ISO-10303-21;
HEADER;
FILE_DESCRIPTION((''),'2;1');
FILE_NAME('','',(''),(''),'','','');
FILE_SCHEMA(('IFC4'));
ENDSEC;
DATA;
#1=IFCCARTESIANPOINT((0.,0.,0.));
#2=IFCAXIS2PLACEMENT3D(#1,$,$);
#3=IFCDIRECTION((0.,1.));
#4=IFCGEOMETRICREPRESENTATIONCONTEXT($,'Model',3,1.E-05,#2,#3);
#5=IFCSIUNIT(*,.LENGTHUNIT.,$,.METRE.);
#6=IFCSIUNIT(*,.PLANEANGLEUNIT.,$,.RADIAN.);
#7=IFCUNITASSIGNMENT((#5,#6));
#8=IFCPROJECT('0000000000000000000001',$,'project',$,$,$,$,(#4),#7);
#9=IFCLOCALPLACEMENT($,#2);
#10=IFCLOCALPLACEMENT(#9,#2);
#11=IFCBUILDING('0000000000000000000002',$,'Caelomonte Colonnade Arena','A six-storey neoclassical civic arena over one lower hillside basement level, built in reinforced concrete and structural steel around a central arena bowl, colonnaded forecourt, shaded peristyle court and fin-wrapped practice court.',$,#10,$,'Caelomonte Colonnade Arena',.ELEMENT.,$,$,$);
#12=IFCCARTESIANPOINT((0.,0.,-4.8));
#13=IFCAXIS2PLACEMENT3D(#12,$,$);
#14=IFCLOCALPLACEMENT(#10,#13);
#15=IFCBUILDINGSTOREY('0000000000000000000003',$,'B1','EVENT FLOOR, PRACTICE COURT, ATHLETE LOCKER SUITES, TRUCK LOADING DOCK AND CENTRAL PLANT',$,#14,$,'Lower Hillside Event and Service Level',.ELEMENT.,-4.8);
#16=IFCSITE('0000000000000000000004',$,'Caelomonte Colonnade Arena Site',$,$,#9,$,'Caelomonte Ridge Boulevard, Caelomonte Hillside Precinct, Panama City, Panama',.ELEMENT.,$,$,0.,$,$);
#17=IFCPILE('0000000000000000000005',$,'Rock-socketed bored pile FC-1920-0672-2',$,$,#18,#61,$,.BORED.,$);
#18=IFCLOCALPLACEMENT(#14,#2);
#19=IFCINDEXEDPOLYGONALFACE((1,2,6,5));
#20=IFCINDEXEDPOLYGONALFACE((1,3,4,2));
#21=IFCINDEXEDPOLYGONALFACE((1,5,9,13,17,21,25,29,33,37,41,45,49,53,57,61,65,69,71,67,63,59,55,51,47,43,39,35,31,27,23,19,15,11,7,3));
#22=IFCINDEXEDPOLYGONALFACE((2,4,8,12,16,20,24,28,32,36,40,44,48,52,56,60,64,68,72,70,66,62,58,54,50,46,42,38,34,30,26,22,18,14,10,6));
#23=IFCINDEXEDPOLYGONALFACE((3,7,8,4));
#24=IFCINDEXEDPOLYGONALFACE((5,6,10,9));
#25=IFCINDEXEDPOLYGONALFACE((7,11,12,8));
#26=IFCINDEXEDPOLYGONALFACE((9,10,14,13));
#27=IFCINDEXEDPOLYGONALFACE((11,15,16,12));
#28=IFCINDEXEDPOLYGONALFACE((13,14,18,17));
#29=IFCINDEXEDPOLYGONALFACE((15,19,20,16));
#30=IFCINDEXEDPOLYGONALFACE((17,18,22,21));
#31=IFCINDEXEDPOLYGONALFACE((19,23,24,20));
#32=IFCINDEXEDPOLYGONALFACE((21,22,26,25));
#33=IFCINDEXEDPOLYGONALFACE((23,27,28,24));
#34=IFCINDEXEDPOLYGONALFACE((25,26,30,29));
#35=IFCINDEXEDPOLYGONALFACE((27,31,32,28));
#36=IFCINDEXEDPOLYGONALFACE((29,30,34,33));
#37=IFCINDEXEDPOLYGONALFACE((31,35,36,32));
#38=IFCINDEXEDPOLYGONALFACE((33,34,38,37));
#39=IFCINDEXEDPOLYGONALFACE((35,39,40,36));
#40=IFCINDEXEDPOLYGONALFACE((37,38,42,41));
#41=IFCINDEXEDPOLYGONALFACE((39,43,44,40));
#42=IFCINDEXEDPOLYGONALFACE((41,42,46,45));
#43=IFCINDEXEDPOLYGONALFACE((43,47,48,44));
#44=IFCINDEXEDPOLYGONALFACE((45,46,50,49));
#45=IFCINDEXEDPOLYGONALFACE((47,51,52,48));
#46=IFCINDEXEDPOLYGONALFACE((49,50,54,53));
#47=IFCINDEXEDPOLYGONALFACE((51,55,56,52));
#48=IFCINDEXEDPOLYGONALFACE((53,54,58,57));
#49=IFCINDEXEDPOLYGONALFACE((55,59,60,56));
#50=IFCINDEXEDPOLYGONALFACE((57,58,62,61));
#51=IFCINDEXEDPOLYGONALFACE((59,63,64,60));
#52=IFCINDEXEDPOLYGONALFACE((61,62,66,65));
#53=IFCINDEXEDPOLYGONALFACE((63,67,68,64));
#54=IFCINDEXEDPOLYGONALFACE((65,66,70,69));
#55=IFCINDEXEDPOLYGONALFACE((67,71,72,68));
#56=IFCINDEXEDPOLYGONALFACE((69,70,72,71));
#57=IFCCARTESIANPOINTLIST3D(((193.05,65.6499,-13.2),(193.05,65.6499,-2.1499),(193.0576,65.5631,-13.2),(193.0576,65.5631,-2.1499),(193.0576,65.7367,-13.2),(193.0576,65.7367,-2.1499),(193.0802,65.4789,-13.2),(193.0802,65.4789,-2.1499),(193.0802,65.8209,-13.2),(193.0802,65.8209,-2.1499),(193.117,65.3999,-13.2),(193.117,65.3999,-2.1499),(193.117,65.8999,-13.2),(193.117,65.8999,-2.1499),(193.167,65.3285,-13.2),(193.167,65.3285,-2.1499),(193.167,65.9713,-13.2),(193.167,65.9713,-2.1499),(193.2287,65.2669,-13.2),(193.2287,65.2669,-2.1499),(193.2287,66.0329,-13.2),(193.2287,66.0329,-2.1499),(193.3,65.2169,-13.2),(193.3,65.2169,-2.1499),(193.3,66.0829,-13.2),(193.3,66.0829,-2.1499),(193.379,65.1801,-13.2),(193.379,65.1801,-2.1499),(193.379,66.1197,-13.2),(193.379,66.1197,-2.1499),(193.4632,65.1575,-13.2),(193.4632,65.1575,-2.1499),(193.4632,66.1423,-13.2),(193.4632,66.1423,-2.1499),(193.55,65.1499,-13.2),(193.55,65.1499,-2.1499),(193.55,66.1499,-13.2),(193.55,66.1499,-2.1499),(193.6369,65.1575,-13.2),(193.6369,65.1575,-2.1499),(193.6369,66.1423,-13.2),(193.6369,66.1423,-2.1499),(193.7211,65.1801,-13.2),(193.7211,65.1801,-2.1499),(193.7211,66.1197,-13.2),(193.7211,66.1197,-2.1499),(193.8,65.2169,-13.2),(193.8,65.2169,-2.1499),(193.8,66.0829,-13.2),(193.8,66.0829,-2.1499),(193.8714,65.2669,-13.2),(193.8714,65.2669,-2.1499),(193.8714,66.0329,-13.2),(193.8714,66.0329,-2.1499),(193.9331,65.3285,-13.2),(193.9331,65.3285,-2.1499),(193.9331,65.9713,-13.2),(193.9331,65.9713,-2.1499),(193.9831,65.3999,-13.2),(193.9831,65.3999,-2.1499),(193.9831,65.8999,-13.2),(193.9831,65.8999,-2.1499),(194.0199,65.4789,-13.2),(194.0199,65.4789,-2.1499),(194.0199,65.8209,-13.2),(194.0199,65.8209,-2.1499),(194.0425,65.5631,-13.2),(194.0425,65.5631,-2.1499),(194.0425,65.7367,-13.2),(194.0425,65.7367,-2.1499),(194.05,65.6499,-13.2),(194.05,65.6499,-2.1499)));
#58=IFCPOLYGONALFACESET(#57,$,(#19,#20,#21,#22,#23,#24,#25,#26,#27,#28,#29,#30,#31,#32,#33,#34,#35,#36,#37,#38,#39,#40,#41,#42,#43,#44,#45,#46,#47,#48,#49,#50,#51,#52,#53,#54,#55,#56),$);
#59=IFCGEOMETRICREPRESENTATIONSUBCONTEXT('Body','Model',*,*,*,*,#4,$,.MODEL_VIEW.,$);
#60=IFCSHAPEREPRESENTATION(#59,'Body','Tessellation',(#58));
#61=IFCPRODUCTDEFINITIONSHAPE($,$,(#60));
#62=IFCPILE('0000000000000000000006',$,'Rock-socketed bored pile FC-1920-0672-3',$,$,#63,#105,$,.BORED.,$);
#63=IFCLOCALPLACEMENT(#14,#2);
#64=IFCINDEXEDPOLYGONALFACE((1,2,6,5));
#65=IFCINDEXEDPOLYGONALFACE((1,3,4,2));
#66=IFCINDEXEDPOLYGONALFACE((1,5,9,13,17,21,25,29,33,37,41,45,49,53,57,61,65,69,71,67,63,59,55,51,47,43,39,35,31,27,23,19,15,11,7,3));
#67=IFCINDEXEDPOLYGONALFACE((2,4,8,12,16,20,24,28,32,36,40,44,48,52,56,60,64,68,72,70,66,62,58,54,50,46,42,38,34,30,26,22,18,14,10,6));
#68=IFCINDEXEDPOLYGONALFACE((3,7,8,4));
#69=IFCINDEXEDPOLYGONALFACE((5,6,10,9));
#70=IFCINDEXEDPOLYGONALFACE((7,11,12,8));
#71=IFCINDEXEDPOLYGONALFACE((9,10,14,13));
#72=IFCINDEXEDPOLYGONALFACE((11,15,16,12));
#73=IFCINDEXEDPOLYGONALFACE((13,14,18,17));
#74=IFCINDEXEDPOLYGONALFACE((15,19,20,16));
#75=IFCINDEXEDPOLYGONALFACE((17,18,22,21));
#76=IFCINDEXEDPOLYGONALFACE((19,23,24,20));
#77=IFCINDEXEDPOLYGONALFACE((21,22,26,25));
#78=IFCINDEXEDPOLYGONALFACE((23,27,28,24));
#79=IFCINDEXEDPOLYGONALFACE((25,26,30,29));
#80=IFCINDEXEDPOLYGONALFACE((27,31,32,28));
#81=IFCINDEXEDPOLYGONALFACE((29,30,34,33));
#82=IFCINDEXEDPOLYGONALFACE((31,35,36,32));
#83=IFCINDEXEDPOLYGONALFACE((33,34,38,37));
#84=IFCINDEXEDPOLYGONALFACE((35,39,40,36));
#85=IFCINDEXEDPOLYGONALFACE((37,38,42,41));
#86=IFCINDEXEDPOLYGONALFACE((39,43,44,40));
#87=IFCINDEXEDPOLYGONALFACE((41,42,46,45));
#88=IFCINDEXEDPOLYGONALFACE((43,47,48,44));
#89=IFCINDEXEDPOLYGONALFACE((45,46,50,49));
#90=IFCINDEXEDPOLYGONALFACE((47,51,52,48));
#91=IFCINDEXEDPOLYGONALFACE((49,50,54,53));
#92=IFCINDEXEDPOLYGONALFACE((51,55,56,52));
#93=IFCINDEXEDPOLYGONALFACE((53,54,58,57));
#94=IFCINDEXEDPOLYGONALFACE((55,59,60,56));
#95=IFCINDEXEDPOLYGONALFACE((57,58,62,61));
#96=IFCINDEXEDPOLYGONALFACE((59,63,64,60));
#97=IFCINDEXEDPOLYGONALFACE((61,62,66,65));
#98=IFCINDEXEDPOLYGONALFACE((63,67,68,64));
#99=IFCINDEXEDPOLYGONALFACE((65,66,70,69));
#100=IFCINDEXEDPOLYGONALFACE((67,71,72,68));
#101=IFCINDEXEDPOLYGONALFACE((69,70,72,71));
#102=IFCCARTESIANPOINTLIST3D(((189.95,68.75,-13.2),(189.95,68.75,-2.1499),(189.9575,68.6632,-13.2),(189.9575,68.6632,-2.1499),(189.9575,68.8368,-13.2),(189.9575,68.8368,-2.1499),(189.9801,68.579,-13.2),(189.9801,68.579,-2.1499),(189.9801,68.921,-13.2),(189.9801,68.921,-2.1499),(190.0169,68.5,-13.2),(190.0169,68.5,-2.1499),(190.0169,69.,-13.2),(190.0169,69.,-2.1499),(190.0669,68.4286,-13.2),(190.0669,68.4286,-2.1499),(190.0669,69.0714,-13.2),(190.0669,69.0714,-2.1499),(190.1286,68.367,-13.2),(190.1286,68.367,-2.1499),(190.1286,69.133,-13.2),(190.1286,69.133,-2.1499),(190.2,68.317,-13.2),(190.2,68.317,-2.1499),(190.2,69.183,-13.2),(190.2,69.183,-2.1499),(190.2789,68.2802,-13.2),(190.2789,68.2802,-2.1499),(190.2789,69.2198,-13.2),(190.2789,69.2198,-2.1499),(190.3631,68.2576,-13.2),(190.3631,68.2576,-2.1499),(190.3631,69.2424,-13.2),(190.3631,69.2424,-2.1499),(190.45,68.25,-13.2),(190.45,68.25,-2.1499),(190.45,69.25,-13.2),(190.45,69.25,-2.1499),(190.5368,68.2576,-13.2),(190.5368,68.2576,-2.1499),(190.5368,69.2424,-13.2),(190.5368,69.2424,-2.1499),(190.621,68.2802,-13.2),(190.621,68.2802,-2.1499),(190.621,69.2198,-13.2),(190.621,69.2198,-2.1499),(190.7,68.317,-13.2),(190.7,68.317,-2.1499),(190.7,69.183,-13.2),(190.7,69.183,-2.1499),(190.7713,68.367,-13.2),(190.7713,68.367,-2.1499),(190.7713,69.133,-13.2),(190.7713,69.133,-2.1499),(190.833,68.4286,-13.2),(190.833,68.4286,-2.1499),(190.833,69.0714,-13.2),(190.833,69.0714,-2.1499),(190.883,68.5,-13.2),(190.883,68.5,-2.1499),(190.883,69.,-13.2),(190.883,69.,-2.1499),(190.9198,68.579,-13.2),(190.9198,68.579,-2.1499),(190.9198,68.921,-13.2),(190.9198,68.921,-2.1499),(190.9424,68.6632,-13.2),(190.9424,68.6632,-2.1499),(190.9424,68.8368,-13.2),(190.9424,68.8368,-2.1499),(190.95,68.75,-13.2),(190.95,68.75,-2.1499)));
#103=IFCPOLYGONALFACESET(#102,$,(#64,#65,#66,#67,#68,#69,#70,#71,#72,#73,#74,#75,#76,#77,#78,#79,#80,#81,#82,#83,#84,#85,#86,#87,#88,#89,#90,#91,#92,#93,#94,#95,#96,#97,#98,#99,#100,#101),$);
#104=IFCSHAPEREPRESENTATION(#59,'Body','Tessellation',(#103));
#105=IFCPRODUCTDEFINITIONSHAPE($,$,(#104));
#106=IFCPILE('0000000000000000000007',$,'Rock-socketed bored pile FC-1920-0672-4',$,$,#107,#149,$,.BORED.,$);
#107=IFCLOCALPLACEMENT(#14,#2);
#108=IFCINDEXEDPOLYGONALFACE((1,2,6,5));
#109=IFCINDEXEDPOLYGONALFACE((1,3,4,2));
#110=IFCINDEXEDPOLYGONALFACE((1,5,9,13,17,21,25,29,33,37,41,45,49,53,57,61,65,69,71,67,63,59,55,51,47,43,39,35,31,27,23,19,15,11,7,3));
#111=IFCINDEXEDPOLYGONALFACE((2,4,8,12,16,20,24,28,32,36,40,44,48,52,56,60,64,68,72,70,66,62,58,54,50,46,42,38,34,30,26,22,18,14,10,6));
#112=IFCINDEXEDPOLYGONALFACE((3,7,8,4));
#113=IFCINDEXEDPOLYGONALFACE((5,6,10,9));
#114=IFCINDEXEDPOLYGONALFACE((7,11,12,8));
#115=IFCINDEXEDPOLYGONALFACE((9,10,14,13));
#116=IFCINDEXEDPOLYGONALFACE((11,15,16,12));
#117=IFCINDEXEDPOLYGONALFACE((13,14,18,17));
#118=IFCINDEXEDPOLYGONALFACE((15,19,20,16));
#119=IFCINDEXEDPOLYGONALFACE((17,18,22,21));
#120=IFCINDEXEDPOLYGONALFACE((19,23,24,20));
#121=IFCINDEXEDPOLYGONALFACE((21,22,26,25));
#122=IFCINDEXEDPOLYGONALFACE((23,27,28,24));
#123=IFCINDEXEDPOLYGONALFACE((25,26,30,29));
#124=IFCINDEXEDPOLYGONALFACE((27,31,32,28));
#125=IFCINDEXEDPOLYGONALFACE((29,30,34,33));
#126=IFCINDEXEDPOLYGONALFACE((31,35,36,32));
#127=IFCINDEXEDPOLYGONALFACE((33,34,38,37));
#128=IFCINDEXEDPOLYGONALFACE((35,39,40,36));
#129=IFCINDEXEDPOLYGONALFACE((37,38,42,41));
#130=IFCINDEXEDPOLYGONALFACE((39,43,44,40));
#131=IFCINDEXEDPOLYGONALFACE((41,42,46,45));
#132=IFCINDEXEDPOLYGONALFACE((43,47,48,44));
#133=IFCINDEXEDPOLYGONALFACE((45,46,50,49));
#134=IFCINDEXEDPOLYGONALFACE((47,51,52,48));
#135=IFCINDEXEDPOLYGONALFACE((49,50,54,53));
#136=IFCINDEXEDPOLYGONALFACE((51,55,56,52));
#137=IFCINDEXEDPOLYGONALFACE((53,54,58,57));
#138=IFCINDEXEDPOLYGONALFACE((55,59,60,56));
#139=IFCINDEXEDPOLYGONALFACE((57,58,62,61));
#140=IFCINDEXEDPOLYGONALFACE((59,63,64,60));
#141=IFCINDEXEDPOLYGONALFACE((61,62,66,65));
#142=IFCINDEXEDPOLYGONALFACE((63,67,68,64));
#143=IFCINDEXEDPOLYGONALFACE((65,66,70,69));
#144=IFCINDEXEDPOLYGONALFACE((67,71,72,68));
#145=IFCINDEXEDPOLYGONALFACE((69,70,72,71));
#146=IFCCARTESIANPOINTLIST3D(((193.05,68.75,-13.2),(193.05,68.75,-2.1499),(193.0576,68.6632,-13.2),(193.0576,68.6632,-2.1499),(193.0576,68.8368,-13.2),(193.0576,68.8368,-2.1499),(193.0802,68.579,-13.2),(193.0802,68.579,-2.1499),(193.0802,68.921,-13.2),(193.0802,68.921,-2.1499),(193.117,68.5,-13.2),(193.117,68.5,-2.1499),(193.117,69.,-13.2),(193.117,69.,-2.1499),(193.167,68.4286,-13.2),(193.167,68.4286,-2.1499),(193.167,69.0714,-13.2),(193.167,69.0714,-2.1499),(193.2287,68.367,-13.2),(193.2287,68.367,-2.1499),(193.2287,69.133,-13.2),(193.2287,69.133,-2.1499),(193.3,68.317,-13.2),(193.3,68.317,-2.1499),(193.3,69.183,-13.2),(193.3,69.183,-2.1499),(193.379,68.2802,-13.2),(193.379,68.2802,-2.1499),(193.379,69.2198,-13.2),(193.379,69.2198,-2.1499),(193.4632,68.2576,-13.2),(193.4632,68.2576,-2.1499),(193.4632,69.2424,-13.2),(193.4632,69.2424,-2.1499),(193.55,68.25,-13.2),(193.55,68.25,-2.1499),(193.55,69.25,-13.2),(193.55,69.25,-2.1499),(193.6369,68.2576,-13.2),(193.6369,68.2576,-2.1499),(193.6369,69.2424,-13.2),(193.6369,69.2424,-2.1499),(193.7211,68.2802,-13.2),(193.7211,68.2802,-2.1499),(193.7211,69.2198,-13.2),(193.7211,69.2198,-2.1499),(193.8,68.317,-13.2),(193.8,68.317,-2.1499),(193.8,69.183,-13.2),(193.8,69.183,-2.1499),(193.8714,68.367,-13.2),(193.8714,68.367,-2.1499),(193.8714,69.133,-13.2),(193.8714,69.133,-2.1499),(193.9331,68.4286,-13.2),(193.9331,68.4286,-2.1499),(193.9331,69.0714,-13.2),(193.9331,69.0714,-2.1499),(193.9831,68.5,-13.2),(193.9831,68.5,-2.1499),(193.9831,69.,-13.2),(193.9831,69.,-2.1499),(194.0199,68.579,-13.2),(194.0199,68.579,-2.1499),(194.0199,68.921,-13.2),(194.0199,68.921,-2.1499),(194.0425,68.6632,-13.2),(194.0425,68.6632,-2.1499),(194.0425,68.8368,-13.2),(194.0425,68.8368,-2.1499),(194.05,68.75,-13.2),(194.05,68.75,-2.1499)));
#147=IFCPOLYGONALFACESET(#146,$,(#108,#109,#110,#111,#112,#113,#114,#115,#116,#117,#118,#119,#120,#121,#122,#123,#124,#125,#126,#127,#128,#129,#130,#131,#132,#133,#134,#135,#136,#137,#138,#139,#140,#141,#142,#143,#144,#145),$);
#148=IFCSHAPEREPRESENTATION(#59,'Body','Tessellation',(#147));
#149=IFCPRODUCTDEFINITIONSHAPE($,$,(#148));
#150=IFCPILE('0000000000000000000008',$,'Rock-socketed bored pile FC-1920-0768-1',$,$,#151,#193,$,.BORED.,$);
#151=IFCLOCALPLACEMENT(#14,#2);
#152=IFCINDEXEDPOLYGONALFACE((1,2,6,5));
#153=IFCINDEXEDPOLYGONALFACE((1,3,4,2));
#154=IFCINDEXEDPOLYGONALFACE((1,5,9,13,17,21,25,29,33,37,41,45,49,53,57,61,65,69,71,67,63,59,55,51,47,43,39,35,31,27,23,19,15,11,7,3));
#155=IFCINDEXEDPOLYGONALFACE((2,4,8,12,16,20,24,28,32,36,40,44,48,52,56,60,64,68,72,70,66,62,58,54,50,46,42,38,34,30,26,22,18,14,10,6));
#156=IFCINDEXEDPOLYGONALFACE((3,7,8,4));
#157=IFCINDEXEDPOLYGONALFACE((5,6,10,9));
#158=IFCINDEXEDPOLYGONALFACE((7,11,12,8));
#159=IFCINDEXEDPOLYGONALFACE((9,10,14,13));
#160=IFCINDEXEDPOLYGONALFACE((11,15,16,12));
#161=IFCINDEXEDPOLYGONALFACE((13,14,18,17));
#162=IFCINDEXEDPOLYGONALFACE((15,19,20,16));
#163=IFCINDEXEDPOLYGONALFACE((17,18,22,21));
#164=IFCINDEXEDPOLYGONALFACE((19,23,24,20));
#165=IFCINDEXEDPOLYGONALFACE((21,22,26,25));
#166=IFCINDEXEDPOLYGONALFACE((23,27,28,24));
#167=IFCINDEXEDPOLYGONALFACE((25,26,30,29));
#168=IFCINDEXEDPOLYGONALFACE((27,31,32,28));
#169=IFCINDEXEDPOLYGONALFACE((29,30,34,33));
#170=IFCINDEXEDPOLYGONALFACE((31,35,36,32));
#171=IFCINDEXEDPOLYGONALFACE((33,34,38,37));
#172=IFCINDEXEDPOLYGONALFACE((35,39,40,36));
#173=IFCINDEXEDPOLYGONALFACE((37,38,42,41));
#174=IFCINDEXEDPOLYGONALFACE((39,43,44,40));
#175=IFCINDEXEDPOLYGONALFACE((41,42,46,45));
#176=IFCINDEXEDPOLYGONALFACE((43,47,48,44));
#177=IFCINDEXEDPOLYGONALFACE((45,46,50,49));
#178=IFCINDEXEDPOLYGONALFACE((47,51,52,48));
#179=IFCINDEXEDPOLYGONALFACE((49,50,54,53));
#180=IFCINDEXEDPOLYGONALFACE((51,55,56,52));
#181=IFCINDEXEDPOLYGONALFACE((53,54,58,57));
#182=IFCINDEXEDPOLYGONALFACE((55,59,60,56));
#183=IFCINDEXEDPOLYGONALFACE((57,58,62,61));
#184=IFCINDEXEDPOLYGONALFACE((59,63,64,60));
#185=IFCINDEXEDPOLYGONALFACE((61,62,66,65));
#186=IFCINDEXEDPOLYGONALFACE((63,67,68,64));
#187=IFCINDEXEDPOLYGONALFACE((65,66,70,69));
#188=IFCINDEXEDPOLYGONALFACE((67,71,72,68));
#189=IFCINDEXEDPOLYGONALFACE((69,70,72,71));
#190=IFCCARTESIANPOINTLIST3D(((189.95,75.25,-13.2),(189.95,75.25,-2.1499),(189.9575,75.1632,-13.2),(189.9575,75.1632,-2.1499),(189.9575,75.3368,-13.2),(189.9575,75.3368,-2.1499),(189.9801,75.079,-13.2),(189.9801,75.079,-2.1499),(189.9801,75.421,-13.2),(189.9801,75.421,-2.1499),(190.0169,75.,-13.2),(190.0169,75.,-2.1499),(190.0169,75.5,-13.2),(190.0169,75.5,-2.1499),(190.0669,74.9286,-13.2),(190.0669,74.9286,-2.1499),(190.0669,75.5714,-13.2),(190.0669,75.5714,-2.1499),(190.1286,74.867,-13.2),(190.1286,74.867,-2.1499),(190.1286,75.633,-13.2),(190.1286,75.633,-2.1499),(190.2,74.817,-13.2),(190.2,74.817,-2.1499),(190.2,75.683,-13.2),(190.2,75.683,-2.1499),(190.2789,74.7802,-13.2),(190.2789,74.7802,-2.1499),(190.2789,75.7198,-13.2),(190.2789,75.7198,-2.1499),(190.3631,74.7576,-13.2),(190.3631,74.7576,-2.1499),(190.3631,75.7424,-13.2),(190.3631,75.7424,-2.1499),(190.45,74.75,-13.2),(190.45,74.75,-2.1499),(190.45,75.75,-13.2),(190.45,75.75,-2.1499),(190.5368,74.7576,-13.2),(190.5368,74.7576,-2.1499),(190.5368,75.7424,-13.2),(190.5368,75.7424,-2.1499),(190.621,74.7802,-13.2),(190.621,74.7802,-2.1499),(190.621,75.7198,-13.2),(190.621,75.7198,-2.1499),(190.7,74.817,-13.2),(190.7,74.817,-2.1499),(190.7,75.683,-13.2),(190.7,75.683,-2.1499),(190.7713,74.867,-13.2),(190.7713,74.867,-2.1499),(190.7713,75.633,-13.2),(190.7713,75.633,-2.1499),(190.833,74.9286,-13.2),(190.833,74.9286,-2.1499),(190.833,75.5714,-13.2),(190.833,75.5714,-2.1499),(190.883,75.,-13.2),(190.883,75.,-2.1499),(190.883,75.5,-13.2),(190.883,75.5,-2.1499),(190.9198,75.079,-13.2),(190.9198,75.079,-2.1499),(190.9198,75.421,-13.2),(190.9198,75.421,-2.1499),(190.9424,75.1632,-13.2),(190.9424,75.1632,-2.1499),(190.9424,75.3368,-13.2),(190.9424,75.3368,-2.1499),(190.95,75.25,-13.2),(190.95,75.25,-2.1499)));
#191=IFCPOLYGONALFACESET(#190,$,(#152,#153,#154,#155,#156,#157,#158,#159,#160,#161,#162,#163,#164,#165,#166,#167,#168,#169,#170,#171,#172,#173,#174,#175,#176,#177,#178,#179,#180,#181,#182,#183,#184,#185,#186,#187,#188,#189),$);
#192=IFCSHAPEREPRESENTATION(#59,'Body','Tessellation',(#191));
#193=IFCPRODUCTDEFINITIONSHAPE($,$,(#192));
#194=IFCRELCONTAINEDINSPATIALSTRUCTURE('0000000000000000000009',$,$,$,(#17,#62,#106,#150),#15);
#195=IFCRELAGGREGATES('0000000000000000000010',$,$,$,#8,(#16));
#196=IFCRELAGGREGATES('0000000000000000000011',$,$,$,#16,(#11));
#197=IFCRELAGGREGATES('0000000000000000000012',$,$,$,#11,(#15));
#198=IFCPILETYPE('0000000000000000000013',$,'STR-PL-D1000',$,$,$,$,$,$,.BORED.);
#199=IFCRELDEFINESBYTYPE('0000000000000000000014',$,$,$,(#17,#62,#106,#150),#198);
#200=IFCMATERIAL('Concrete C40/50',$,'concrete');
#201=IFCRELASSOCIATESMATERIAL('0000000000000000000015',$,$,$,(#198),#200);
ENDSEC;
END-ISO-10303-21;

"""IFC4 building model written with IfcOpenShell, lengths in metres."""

from ifc_helpers import new_model, si_unit, direction, frame, origin, origin_2d, place, context, subcontext, project, spatial, circle, extrude, material, material_profile, profile_set, type_object, element, save


model = new_model("IFC4")

# Units and contexts
model_context = context("Model", 3, precision=1e-05, world=origin(), true_north=direction((0.0, 1.0)))
body_context = subcontext(model_context, "Body", "Model", "MODEL_VIEW")
ifc_project = project(units=[si_unit("LENGTHUNIT", "METRE"), si_unit("PLANEANGLEUNIT", "RADIAN")], contexts=[model_context])

# Site, building, storey
site_placement = place(None, origin())
site = spatial("IfcSite", under=ifc_project, at=site_placement, Name="Caelomonte Colonnade Arena Site", LongName="Caelomonte Ridge Boulevard, Caelomonte Hillside Precinct, Panama City, Panama", CompositionType="ELEMENT", RefElevation=0.0)
building_placement = place(site_placement, origin())
building = spatial("IfcBuilding", under=site, at=building_placement, Name="Caelomonte Colonnade Arena", Description="A six-storey neoclassical civic arena over one lower hillside basement level, built in reinforced concrete and structural steel around a central arena bowl, colonnaded forecourt, shaded peristyle court and fin-wrapped practice court.", LongName="Caelomonte Colonnade Arena", CompositionType="ELEMENT")
storey_placement = place(building_placement, frame((0.0, 0.0, -4.8)))
storey = spatial("IfcBuildingStorey", under=building, at=storey_placement, Name="B1", Description="EVENT FLOOR, PRACTICE COURT, ATHLETE LOCKER SUITES, TRUCK LOADING DOCK AND CENTRAL PLANT", LongName="Lower Hillside Event and Service Level", CompositionType="ELEMENT", Elevation=-4.8)

# Shared definitions
ifc_material_1 = material(Name="Concrete C40/50", Category="concrete")

# Piles
ifc_material_profile_1 = material_profile(ifc_material_1, circle(Radius=0.5, at=origin_2d()), Name="PILE-D1000")
ifc_profile_set_1 = profile_set([ifc_material_profile_1], Name="Concrete C40/50")
pile_type = type_object("IfcPileType", Name="STR-PL-D1000", PredefinedType="BORED", material=ifc_profile_set_1)
for number, where, z_axis, x_axis, name in (
    (1, (193.55, 65.6499, -2.1499), (0.0, 0.0, -1.0), (1.0, 0.0, 0.0), "Rock-socketed bored pile FC-1920-0672-2"),
    (2, (190.45, 68.75, -2.1499), (0.0, 0.0, -1.0), (1.0, 0.0, 0.0), "Rock-socketed bored pile FC-1920-0672-3"),
    (3, (193.55, 68.75, -2.1499), (0.0, 0.0, -1.0), (1.0, 0.0, 0.0), "Rock-socketed bored pile FC-1920-0672-4"),
    (4, (190.45, 75.25, -2.1499), (0.0, 0.0, -1.0), (1.0, 0.0, 0.0), "Rock-socketed bored pile FC-1920-0768-1"),
):
    element("IfcPile", number, at=place(storey_placement, frame(where, z_axis=z_axis, x_axis=x_axis)), inside=storey, type_object=pile_type, Name=name, PredefinedType="BORED", context=body_context, shape_type="SweptSolid", body=[
        extrude(circle(Radius=0.5, at=origin_2d()), origin(), (0.0, 0.0, 1.0), 11.05),
    ])

save(model, "model.ifc")
